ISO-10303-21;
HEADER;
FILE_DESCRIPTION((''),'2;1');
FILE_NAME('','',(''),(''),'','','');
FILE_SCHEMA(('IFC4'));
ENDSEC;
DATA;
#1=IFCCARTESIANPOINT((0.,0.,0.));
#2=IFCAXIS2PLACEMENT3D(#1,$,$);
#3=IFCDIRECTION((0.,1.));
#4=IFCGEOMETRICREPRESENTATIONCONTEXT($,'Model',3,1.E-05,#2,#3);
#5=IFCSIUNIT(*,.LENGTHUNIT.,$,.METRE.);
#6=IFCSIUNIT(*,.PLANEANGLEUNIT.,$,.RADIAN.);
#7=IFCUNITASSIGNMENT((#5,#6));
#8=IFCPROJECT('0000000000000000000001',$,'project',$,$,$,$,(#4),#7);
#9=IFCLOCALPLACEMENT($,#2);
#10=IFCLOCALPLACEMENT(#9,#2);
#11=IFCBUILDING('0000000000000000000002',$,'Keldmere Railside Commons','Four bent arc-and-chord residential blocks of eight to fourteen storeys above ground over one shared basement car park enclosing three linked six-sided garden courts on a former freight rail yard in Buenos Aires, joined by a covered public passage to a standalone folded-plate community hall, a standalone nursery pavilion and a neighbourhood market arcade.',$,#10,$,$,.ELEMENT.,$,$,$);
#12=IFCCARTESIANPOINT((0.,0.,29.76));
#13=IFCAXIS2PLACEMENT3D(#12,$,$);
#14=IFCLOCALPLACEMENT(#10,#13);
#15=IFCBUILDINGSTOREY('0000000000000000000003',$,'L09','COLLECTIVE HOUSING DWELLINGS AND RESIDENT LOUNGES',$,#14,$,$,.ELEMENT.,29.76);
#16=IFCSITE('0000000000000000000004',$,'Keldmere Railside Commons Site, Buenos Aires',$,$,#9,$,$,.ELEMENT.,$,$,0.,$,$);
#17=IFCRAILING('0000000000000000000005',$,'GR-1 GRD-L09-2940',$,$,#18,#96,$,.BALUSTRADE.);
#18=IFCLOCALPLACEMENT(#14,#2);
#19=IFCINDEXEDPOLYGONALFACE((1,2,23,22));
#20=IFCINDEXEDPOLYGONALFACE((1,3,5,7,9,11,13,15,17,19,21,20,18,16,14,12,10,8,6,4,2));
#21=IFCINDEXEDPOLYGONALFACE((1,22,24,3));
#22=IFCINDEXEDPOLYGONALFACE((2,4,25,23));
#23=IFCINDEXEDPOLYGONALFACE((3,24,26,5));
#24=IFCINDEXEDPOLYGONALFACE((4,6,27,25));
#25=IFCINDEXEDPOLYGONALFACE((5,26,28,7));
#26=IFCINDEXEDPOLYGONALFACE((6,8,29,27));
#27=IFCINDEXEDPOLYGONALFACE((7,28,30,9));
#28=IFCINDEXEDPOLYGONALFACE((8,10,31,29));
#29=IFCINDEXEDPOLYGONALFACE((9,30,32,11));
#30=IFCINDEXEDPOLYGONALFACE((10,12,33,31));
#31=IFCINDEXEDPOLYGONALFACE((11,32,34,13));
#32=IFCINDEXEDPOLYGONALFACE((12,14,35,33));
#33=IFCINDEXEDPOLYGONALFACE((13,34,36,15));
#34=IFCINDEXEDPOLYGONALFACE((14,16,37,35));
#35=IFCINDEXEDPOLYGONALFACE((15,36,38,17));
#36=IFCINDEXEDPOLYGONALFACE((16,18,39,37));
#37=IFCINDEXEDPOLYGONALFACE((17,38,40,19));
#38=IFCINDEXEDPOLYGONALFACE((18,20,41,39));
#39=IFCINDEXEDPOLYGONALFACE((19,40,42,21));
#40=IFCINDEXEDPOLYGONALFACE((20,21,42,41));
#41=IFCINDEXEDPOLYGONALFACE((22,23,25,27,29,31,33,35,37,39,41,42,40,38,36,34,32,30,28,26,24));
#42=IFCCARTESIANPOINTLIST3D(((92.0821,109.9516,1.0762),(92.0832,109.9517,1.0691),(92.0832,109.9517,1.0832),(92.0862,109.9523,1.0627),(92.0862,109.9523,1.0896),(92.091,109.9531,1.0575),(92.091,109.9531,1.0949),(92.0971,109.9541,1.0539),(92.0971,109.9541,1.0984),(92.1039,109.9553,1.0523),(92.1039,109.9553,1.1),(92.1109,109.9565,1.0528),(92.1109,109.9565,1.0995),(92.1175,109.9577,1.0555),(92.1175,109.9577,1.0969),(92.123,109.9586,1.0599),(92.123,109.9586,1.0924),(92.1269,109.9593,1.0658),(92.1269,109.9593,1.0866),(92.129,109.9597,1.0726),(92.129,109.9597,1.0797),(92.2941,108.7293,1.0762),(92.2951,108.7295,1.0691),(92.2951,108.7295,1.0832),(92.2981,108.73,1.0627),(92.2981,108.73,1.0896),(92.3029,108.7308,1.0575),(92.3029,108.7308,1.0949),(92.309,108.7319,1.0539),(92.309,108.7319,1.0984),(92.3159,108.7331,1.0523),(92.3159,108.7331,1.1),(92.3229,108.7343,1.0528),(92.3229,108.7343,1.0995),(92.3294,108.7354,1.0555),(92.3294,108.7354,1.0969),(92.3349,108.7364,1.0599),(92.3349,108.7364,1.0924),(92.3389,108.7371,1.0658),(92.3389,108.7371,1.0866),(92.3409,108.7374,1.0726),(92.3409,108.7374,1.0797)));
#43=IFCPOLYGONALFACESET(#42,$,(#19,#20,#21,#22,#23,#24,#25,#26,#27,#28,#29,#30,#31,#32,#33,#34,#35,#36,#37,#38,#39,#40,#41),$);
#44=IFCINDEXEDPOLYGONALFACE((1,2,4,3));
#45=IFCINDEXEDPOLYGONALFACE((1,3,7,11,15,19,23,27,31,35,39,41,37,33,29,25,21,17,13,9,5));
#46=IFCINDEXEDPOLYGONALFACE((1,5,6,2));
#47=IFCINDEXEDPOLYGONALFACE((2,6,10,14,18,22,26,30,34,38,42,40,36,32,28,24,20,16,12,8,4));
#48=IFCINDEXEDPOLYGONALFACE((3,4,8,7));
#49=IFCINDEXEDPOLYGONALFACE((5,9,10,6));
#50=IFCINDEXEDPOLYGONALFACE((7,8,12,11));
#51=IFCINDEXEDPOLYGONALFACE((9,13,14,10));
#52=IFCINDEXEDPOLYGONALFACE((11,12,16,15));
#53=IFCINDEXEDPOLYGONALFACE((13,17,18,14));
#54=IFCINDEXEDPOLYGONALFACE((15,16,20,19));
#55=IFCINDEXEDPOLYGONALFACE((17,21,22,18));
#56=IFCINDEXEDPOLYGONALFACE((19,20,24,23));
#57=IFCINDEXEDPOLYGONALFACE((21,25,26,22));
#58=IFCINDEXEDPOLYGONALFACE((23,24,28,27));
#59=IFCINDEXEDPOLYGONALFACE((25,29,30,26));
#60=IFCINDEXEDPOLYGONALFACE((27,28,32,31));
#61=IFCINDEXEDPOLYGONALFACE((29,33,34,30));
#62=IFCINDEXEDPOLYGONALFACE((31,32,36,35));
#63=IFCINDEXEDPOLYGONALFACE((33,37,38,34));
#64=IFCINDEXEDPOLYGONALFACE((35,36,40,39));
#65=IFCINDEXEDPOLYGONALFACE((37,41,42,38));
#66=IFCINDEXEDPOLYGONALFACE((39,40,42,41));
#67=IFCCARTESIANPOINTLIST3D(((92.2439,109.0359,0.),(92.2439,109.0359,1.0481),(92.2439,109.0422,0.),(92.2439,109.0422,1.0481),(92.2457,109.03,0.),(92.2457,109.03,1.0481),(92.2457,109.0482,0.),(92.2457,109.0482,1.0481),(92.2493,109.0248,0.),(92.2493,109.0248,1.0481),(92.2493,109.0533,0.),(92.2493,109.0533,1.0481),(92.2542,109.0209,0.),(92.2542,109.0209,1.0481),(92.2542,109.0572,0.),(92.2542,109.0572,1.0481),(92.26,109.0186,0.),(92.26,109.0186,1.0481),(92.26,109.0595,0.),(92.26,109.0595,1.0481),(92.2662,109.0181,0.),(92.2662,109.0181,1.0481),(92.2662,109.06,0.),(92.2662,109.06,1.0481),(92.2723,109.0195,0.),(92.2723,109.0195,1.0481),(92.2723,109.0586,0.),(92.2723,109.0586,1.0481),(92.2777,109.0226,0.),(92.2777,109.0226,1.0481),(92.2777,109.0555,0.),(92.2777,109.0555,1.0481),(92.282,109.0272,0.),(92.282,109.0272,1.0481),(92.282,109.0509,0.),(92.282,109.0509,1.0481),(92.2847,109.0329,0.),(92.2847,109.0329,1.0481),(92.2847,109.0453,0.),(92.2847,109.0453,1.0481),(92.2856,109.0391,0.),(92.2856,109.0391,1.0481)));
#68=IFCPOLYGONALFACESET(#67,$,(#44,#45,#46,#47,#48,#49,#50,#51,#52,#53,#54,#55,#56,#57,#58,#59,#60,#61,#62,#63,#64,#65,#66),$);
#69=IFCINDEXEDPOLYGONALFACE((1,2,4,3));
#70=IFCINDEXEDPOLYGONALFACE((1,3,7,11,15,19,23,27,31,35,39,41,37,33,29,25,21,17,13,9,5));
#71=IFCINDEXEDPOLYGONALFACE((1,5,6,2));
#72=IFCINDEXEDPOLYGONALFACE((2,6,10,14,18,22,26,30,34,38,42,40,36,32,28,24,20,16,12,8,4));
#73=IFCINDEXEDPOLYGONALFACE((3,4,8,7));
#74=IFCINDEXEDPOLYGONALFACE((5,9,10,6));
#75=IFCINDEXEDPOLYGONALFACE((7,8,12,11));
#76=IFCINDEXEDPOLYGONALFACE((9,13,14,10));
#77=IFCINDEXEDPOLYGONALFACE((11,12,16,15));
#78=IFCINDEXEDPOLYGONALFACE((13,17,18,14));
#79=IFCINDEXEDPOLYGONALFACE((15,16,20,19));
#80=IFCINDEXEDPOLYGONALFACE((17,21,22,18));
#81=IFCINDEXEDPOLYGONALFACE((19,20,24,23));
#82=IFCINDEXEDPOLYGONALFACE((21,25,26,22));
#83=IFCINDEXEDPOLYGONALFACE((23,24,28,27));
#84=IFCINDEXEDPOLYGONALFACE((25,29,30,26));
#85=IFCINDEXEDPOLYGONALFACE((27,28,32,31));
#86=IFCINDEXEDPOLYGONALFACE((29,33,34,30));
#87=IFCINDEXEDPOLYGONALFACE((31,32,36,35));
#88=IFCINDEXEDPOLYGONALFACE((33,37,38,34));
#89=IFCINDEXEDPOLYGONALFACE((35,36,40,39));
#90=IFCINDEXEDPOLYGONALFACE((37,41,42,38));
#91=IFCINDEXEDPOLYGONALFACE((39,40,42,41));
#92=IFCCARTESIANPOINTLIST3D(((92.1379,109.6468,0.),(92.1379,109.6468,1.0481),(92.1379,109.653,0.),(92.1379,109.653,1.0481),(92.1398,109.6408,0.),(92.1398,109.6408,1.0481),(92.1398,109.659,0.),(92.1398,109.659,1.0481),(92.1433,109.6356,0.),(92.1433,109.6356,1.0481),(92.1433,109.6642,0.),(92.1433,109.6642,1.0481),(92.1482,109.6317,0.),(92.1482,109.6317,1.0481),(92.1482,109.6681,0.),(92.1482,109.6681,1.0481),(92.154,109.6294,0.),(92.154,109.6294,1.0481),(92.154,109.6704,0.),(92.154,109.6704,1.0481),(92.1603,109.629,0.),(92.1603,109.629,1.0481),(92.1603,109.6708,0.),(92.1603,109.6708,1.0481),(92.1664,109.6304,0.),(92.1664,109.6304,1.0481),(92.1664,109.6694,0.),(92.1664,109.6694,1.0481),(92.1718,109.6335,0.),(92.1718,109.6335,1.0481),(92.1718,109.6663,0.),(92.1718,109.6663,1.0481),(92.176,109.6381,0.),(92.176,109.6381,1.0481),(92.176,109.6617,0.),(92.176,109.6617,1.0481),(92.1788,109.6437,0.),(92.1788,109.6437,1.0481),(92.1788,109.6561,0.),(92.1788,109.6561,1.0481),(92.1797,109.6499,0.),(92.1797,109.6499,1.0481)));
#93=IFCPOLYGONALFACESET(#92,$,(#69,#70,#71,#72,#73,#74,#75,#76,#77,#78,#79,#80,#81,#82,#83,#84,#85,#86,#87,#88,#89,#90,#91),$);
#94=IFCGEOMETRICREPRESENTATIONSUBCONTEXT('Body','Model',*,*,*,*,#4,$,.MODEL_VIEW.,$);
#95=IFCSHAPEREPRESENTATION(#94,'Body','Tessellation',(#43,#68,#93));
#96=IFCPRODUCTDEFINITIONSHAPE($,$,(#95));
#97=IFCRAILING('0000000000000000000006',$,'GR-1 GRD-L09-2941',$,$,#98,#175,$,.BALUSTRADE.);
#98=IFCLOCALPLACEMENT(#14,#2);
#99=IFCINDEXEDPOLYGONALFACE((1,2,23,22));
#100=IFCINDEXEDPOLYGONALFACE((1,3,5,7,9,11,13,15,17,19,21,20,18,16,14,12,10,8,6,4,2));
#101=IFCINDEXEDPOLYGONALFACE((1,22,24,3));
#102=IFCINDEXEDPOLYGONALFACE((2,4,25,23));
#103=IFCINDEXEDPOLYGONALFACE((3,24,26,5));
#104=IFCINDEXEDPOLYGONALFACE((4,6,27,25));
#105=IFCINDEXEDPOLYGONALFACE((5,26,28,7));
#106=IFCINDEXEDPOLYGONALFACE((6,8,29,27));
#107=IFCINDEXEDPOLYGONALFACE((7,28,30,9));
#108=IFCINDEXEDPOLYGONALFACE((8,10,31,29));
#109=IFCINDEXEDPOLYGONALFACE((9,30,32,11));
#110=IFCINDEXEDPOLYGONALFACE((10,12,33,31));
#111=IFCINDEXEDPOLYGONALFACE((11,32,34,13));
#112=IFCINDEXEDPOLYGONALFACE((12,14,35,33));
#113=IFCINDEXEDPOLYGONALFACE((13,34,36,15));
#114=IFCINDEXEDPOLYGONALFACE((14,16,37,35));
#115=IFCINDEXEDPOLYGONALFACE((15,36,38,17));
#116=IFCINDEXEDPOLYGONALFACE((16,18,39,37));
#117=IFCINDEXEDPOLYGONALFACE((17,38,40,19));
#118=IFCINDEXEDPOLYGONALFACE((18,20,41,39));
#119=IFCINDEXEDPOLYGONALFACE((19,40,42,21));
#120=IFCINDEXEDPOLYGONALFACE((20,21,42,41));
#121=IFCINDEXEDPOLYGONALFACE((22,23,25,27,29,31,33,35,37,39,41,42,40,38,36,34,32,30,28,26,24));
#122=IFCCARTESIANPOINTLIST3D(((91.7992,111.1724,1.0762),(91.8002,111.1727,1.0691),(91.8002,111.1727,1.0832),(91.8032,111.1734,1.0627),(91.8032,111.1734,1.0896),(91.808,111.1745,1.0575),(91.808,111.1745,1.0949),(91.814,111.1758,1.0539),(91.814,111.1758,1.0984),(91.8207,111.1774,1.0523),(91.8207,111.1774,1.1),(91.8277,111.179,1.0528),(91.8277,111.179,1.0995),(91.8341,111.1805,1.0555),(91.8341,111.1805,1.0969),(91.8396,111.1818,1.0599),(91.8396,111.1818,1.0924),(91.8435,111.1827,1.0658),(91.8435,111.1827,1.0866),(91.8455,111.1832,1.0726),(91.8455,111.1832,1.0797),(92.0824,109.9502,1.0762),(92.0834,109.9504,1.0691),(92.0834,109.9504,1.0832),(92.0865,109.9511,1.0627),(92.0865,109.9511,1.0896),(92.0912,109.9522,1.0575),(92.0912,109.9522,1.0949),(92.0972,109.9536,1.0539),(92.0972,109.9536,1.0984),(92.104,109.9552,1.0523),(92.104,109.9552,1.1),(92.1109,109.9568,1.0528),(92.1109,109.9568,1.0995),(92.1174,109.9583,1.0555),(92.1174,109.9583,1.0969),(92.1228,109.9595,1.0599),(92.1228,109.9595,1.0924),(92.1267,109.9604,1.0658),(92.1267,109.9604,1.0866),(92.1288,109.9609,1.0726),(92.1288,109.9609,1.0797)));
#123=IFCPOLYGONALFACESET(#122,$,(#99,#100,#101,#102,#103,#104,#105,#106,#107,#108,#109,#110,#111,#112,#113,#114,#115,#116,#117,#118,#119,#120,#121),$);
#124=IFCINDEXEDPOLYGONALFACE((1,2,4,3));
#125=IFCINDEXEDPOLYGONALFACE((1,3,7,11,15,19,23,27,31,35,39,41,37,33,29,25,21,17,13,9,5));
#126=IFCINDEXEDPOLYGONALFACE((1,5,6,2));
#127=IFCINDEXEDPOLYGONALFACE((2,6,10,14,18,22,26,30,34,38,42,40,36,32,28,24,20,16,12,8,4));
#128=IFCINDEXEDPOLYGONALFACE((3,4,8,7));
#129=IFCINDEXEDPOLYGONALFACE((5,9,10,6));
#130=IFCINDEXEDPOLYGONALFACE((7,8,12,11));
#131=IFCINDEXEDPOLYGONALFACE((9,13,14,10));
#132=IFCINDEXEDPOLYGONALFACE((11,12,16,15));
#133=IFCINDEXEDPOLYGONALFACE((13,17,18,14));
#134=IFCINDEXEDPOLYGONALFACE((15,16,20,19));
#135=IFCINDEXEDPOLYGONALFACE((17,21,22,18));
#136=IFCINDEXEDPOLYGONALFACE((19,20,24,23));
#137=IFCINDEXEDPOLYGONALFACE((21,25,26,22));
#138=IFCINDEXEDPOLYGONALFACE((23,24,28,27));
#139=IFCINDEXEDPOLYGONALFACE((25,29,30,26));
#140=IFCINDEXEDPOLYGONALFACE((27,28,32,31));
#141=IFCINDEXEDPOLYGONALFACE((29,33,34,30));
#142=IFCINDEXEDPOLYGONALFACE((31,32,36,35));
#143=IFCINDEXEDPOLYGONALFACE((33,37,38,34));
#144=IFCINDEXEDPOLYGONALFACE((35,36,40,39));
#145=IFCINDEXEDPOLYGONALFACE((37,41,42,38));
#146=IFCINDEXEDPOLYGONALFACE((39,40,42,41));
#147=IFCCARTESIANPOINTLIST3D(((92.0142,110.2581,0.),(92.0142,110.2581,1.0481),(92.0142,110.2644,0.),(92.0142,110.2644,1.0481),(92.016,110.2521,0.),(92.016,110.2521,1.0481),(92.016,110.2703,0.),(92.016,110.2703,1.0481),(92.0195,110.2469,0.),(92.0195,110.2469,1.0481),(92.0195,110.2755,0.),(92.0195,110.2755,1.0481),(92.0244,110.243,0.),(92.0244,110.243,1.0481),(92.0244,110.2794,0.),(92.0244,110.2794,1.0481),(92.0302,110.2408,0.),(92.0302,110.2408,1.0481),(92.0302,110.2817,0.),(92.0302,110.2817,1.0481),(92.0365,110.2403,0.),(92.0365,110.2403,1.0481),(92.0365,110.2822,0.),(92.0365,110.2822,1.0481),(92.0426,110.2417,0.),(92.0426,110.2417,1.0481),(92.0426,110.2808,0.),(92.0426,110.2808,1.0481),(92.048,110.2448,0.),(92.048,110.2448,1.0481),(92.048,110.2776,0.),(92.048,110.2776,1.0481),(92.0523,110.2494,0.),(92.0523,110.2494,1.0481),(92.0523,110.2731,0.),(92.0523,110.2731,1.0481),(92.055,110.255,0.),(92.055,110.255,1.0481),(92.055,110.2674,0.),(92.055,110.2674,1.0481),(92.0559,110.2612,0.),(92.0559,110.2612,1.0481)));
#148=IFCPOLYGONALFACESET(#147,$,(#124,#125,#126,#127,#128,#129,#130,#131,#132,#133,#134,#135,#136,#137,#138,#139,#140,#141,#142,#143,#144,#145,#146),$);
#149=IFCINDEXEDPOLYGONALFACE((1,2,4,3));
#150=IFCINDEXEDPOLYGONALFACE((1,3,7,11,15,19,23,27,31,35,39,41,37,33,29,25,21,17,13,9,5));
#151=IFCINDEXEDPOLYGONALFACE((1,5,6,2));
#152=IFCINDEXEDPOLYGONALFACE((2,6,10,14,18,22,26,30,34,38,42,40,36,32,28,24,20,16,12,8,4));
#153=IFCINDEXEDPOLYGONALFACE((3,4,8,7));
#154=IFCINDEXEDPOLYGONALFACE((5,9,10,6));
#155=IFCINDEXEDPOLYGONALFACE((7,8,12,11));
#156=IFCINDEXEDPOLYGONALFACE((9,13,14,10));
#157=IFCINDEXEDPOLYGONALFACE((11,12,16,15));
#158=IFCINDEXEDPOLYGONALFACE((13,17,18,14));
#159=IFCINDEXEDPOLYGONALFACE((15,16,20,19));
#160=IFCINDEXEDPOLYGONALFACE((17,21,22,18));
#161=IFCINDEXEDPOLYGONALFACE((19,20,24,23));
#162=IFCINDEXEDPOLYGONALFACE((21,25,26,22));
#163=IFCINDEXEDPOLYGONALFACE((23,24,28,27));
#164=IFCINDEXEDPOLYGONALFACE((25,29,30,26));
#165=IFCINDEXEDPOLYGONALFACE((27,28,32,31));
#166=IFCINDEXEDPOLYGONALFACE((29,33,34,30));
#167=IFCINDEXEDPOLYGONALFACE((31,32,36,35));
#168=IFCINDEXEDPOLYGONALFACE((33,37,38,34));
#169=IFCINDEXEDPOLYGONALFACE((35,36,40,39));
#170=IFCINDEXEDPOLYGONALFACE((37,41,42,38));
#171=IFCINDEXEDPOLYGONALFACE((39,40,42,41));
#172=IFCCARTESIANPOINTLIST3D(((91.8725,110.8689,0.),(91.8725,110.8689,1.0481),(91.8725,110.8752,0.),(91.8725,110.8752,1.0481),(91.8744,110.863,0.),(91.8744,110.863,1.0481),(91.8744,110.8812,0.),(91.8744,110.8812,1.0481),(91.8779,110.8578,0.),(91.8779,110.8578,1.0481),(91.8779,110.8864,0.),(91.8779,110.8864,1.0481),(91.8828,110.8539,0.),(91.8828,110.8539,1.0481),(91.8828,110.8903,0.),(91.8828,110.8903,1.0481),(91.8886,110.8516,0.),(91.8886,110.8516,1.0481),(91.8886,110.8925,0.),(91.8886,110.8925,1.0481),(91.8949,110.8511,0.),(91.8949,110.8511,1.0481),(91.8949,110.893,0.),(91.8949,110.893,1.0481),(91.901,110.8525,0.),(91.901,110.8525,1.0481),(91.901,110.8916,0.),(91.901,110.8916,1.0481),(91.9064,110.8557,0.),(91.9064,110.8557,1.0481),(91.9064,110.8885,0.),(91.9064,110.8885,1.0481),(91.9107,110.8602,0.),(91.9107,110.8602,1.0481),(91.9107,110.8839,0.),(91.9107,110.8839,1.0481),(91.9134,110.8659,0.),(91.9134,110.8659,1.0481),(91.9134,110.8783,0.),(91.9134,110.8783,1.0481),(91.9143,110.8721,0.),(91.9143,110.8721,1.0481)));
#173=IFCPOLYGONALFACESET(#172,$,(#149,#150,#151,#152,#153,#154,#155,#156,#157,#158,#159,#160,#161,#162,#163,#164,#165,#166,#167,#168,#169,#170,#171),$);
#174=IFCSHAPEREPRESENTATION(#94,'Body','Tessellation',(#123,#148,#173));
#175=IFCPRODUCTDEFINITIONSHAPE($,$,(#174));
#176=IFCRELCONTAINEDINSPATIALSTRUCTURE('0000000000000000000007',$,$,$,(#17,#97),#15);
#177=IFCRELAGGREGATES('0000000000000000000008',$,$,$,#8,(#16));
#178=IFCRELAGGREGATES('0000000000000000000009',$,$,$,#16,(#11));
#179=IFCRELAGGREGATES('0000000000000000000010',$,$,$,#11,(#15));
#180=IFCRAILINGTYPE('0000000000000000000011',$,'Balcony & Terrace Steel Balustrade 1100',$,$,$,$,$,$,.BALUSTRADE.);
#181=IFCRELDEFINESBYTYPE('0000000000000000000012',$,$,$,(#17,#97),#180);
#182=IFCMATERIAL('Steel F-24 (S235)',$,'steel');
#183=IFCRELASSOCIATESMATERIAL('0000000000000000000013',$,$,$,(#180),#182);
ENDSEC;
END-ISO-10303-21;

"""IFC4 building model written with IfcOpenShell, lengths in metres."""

from ifc_helpers import new_model, si_unit, direction, frame, origin, origin_2d, place, context, subcontext, project, spatial, circle, extrude, material, type_object, element, save


model = new_model("IFC4")

# Units and contexts
model_context = context("Model", 3, precision=1e-05, world=origin(), true_north=direction((0.0, 1.0)))
body_context = subcontext(model_context, "Body", "Model", "MODEL_VIEW")
ifc_project = project(units=[si_unit("LENGTHUNIT", "METRE"), si_unit("PLANEANGLEUNIT", "RADIAN")], contexts=[model_context])

# Site, building, storey
site_placement = place(None, origin())
site = spatial("IfcSite", under=ifc_project, at=site_placement, Name="Keldmere Railside Commons Site, Buenos Aires", CompositionType="ELEMENT", RefElevation=0.0)
building_placement = place(site_placement, origin())
building = spatial("IfcBuilding", under=site, at=building_placement, Name="Keldmere Railside Commons", Description="Four bent arc-and-chord residential blocks of eight to fourteen storeys above ground over one shared basement car park enclosing three linked six-sided garden courts on a former freight rail yard in Buenos Aires, joined by a covered public passage to a standalone folded-plate community hall, a standalone nursery pavilion and a neighbourhood market arcade.", CompositionType="ELEMENT")
storey_placement = place(building_placement, frame((0.0, 0.0, 29.76)))
storey = spatial("IfcBuildingStorey", under=building, at=storey_placement, Name="L09", Description="COLLECTIVE HOUSING DWELLINGS AND RESIDENT LOUNGES", CompositionType="ELEMENT", Elevation=29.76)

# Railings
ifc_material_1 = material(Name="Steel F-24 (S235)", Category="steel")
railing_type = type_object("IfcRailingType", Name="Balcony & Terrace Steel Balustrade 1100", PredefinedType="BALUSTRADE", material=ifc_material_1)
railing_1_placement = place(storey_placement, frame((92.3176, 108.7334, 0.0)))
element("IfcRailing", 1, at=railing_1_placement, inside=storey, type_object=railing_type, Name="GR-1 GRD-L09-2940", PredefinedType="BALUSTRADE", context=body_context, shape_type="SweptSolid", body=[
    extrude(circle(Radius=0.0239, at=origin_2d()), frame((0.0, 0.0, 1.0762), z_axis=(-0.170843, 0.985298, 0.0), x_axis=(-0.985298, -0.170843, 0.0)), (0.0, 0.0, 1.0), 1.2405),
    extrude(circle(Radius=0.021, at=origin_2d()), frame((-0.053, 0.3057, 0.0)), (0.0, 0.0, 1.0), 1.0481),
    extrude(circle(Radius=0.021, at=origin_2d()), frame((-0.1589, 0.9165, 0.0)), (0.0, 0.0, 1.0), 1.0481),
])
railing_2_placement = place(storey_placement, frame((92.1057, 109.9556, 0.0)))
element("IfcRailing", 2, at=railing_2_placement, inside=storey, type_object=railing_type, Name="GR-1 GRD-L09-2941", PredefinedType="BALUSTRADE", context=body_context, shape_type="SweptSolid", body=[
    extrude(circle(Radius=0.0239, at=origin_2d()), frame((0.0, 0.0, 1.0762), z_axis=(-0.225741, 0.974187, 0.0), x_axis=(-0.974187, -0.225741, 0.0)), (0.0, 0.0, 1.0), 1.2546),
    extrude(circle(Radius=0.021, at=origin_2d()), frame((-0.0708, 0.3057, 0.0)), (0.0, 0.0, 1.0), 1.0481),
    extrude(circle(Radius=0.021, at=origin_2d()), frame((-0.2124, 0.9165, 0.0)), (0.0, 0.0, 1.0), 1.0481),
])

save(model, "model.ifc")
